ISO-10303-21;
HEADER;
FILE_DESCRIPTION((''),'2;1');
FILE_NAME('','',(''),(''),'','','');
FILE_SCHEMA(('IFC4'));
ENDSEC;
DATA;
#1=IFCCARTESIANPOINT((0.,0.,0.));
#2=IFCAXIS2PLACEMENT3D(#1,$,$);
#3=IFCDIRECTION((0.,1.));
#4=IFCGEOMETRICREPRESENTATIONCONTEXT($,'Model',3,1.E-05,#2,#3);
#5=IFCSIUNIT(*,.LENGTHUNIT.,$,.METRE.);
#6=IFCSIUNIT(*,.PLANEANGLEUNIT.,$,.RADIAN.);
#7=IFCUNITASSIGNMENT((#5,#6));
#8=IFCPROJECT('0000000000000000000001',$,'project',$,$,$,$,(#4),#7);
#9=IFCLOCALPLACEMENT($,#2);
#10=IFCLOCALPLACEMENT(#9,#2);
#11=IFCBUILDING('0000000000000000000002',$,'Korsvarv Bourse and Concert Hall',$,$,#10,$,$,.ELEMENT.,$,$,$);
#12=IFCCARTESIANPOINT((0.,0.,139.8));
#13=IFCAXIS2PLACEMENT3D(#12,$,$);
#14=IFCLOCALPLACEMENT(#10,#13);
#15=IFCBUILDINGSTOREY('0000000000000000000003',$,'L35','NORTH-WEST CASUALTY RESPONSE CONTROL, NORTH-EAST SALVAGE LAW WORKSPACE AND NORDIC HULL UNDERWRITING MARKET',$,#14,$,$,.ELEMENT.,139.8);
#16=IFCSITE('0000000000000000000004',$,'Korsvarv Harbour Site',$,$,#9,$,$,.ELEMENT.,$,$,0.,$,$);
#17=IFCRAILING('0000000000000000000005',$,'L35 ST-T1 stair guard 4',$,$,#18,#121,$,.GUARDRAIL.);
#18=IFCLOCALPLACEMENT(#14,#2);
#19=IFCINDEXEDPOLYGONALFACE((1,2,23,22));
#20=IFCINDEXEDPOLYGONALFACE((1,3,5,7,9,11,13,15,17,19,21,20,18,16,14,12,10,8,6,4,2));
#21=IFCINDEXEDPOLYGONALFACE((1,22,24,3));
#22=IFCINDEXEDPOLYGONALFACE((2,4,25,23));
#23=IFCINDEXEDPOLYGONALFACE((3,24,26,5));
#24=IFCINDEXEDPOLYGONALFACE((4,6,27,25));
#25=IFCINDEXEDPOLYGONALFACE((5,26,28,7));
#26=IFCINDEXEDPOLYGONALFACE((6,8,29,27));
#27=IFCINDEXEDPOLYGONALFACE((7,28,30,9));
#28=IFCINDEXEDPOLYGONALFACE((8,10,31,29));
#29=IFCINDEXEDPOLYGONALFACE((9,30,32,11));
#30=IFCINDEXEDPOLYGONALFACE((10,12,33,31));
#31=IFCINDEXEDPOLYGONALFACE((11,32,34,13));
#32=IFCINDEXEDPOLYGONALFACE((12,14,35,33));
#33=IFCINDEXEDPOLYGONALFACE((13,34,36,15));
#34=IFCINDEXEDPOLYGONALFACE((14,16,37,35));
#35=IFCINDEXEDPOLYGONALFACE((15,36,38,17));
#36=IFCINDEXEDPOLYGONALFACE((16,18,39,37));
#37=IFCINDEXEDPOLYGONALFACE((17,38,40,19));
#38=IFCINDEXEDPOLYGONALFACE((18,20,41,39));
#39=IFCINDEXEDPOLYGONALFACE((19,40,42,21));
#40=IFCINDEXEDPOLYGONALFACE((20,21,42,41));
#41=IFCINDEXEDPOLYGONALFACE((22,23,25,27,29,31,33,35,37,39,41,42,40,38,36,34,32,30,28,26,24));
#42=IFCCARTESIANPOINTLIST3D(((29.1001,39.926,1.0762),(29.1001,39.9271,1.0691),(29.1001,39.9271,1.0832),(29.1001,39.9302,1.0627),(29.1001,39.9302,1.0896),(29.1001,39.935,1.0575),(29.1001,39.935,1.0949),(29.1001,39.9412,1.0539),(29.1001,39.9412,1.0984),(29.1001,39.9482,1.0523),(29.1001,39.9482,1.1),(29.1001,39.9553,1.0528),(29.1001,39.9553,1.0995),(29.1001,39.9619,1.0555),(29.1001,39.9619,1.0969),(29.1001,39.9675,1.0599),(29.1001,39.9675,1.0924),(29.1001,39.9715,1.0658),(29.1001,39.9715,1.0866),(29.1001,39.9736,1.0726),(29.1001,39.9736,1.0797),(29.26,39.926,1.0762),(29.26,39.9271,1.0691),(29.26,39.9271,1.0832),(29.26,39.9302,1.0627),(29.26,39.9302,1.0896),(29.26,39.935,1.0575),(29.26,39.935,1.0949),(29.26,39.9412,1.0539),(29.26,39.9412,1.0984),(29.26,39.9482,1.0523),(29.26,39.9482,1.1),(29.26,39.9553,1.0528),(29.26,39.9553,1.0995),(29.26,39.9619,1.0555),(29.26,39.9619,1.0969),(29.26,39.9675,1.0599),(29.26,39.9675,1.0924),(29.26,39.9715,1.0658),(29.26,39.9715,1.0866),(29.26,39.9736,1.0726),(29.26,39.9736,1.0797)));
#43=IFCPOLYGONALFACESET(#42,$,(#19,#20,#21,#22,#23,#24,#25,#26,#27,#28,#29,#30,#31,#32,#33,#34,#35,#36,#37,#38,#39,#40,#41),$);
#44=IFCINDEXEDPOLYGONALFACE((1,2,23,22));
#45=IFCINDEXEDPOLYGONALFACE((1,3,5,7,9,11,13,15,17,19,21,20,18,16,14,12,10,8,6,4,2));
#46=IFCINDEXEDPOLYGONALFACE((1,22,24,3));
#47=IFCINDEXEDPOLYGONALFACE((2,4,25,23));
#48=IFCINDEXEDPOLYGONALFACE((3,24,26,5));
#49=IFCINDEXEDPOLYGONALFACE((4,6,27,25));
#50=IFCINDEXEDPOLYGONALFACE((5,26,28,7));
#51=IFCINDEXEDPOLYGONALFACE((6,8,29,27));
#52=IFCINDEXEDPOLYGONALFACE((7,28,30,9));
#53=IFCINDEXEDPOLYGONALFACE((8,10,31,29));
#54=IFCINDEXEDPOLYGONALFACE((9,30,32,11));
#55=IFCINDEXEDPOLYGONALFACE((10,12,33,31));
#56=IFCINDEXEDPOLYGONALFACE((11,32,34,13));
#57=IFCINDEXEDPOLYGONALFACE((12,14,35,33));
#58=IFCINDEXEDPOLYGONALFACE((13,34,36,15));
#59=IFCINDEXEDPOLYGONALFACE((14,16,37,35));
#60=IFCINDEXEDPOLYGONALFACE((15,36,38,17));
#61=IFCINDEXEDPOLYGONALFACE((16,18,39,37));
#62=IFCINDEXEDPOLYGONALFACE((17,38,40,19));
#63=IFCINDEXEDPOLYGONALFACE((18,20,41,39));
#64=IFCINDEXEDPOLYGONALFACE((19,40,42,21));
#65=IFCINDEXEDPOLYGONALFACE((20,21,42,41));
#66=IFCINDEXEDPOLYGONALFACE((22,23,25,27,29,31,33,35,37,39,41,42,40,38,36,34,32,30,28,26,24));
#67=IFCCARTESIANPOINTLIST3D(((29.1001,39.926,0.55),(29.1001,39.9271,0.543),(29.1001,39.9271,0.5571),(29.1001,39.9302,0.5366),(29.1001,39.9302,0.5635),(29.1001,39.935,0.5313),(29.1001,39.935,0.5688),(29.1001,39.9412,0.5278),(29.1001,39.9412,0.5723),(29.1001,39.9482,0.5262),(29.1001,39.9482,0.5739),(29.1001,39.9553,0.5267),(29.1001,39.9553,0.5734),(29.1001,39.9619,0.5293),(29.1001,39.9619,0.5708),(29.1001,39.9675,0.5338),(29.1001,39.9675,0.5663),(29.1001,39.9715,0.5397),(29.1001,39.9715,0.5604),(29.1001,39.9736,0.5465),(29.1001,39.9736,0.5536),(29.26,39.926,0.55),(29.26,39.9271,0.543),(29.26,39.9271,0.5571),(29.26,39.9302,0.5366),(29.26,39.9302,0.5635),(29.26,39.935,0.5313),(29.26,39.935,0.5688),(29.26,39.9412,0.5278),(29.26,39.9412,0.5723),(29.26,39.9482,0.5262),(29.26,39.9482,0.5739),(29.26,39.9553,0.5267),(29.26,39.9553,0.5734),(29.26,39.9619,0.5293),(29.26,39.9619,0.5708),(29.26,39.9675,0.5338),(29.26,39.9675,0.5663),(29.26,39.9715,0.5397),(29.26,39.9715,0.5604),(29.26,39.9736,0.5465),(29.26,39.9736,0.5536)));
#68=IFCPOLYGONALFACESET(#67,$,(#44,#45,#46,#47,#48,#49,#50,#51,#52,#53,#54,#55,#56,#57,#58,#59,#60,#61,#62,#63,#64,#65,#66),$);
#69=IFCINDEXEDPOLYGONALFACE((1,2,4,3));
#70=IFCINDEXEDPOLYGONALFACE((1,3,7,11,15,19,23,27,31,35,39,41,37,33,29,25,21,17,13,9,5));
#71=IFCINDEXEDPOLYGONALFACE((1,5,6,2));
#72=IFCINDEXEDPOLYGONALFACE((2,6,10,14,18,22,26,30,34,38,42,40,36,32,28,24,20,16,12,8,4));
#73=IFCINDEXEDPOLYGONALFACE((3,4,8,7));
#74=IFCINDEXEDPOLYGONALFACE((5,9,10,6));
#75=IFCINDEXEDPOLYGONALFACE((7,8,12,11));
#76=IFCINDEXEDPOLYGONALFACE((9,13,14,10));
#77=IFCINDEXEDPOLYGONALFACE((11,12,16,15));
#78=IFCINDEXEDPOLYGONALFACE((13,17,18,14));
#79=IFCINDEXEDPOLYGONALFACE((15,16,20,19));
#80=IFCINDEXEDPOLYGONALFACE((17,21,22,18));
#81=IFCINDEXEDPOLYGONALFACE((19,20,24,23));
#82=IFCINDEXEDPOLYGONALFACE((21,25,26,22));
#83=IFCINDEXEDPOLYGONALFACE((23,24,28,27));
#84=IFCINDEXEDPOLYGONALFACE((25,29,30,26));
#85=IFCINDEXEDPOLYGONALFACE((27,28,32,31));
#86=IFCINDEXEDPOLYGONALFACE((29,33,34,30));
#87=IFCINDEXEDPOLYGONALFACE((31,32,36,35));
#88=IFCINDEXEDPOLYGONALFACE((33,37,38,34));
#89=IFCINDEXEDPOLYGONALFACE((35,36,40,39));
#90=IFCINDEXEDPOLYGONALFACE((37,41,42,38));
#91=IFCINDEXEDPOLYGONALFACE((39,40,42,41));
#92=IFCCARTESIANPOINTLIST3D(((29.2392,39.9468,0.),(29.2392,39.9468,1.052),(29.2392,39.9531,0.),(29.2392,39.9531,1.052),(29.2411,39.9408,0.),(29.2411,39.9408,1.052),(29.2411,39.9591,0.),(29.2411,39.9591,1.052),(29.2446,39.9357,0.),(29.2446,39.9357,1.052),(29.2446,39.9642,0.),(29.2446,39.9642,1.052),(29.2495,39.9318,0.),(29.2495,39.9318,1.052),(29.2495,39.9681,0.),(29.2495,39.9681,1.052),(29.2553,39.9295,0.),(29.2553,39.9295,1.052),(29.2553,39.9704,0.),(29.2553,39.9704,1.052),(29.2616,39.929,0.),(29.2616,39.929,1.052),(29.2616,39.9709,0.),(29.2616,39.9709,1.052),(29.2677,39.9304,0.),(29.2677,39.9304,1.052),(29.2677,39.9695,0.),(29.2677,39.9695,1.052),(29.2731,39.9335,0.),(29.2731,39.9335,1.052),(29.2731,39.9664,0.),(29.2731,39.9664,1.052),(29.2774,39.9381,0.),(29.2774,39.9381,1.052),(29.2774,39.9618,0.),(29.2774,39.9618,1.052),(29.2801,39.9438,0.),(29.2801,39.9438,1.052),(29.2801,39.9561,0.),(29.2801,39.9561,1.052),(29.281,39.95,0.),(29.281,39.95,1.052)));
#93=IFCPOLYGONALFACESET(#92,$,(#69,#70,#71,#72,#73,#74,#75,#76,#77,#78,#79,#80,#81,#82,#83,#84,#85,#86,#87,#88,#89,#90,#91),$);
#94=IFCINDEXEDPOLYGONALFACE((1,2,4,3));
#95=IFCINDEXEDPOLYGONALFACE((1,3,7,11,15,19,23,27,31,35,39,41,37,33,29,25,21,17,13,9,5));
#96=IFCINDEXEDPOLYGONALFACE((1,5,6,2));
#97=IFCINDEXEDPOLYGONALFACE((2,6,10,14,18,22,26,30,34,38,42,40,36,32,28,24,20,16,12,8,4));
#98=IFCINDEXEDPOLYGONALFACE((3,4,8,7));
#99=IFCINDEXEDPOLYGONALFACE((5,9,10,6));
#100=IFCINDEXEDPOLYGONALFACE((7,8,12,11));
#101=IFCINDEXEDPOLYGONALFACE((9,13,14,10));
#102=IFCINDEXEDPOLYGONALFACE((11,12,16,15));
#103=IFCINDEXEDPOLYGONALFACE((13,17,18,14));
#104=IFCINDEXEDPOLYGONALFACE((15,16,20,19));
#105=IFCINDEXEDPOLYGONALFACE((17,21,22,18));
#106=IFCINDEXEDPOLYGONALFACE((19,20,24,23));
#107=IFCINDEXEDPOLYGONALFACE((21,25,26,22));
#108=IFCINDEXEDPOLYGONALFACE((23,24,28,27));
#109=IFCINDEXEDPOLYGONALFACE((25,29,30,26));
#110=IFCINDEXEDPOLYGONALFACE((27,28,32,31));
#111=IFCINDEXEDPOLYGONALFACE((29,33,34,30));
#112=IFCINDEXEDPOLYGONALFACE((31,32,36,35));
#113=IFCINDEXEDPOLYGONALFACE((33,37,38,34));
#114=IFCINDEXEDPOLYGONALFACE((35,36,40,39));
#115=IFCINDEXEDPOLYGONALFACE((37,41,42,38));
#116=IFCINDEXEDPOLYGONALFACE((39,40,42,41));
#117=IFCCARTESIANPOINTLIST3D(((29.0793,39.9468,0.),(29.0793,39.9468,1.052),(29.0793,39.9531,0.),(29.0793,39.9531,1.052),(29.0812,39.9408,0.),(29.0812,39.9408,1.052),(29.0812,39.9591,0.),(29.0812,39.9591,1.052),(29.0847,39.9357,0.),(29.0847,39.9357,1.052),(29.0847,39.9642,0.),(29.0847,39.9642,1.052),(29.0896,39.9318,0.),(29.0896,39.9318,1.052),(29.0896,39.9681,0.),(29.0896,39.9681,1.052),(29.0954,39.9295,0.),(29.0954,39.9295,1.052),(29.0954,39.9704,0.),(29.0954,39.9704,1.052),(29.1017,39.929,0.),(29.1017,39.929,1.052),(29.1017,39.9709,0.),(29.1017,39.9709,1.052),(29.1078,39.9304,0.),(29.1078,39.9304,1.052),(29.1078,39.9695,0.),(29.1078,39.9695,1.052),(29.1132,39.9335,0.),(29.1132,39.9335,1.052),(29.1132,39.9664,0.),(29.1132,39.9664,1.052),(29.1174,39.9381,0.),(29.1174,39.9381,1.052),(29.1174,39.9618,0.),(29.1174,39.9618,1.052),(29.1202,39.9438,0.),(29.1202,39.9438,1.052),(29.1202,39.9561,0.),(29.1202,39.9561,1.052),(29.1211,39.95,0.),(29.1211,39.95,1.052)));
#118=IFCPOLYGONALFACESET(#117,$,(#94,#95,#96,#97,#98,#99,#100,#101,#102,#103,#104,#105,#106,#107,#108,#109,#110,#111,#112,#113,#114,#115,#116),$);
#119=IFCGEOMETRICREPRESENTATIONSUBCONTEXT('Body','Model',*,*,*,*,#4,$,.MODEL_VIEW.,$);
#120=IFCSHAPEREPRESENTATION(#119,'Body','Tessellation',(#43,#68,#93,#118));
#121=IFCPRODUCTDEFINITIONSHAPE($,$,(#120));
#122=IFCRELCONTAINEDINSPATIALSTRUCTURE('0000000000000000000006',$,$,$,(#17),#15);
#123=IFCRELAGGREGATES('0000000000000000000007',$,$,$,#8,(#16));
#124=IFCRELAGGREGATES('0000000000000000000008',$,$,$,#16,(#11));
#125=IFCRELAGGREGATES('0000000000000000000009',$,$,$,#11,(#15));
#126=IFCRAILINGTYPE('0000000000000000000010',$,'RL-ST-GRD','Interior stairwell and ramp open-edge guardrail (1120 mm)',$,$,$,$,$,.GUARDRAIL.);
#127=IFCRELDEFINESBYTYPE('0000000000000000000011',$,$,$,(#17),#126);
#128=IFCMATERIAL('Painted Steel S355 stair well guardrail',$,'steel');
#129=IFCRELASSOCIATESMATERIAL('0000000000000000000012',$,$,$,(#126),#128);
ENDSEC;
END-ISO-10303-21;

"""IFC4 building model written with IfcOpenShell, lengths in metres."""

from ifc_helpers import new_model, si_unit, direction, frame, origin, origin_2d, place, context, subcontext, project, spatial, circle, extrude, material, type_object, element, save


model = new_model("IFC4")

# Units and contexts
model_context = context("Model", 3, precision=1e-05, world=origin(), true_north=direction((0.0, 1.0)))
body_context = subcontext(model_context, "Body", "Model", "MODEL_VIEW")
ifc_project = project(units=[si_unit("LENGTHUNIT", "METRE"), si_unit("PLANEANGLEUNIT", "RADIAN")], contexts=[model_context])

# Site, building, storey
site_placement = place(None, origin())
site = spatial("IfcSite", under=ifc_project, at=site_placement, Name="Korsvarv Harbour Site", CompositionType="ELEMENT", RefElevation=0.0)
building_placement = place(site_placement, origin())
building = spatial("IfcBuilding", under=site, at=building_placement, Name="Korsvarv Bourse and Concert Hall", CompositionType="ELEMENT")
storey_placement = place(building_placement, frame((0.0, 0.0, 139.8)))
storey = spatial("IfcBuildingStorey", under=building, at=storey_placement, Name="L35", Description="NORTH-WEST CASUALTY RESPONSE CONTROL, NORTH-EAST SALVAGE LAW WORKSPACE AND NORDIC HULL UNDERWRITING MARKET", CompositionType="ELEMENT", Elevation=139.8)

# Railing
ifc_material_1 = material(Name="Painted Steel S355 stair well guardrail", Category="steel")
railing_type_1 = type_object("IfcRailingType", Name="RL-ST-GRD", Description="Interior stairwell and ramp open-edge guardrail (1120 mm)", PredefinedType="GUARDRAIL", material=ifc_material_1)
railing_1_placement = place(storey_placement, frame((29.26, 39.95, 0.0)))
element("IfcRailing", 1, at=railing_1_placement, inside=storey, type_object=railing_type_1, Name="L35 ST-T1 stair guard 4", PredefinedType="GUARDRAIL", context=body_context, shape_type="SweptSolid", body=[
    extrude(circle(Radius=0.0239, at=origin_2d()), frame((0.0, 0.0, 1.0762), z_axis=(-1.0, 0.0, 0.0), x_axis=(0.0, -1.0, 0.0)), (0.0, 0.0, 1.0), 0.1599),
    extrude(circle(Radius=0.0239, at=origin_2d()), frame((0.0, 0.0, 0.55), z_axis=(-1.0, 0.0, 0.0), x_axis=(0.0, -1.0, 0.0)), (0.0, 0.0, 1.0), 0.1599),
    extrude(circle(Radius=0.021, at=origin_2d()), origin(), (0.0, 0.0, 1.0), 1.052),
    extrude(circle(Radius=0.021, at=origin_2d()), frame((-0.1599, 0.0, 0.0)), (0.0, 0.0, 1.0), 1.052),
])

save(model, "model.ifc")
